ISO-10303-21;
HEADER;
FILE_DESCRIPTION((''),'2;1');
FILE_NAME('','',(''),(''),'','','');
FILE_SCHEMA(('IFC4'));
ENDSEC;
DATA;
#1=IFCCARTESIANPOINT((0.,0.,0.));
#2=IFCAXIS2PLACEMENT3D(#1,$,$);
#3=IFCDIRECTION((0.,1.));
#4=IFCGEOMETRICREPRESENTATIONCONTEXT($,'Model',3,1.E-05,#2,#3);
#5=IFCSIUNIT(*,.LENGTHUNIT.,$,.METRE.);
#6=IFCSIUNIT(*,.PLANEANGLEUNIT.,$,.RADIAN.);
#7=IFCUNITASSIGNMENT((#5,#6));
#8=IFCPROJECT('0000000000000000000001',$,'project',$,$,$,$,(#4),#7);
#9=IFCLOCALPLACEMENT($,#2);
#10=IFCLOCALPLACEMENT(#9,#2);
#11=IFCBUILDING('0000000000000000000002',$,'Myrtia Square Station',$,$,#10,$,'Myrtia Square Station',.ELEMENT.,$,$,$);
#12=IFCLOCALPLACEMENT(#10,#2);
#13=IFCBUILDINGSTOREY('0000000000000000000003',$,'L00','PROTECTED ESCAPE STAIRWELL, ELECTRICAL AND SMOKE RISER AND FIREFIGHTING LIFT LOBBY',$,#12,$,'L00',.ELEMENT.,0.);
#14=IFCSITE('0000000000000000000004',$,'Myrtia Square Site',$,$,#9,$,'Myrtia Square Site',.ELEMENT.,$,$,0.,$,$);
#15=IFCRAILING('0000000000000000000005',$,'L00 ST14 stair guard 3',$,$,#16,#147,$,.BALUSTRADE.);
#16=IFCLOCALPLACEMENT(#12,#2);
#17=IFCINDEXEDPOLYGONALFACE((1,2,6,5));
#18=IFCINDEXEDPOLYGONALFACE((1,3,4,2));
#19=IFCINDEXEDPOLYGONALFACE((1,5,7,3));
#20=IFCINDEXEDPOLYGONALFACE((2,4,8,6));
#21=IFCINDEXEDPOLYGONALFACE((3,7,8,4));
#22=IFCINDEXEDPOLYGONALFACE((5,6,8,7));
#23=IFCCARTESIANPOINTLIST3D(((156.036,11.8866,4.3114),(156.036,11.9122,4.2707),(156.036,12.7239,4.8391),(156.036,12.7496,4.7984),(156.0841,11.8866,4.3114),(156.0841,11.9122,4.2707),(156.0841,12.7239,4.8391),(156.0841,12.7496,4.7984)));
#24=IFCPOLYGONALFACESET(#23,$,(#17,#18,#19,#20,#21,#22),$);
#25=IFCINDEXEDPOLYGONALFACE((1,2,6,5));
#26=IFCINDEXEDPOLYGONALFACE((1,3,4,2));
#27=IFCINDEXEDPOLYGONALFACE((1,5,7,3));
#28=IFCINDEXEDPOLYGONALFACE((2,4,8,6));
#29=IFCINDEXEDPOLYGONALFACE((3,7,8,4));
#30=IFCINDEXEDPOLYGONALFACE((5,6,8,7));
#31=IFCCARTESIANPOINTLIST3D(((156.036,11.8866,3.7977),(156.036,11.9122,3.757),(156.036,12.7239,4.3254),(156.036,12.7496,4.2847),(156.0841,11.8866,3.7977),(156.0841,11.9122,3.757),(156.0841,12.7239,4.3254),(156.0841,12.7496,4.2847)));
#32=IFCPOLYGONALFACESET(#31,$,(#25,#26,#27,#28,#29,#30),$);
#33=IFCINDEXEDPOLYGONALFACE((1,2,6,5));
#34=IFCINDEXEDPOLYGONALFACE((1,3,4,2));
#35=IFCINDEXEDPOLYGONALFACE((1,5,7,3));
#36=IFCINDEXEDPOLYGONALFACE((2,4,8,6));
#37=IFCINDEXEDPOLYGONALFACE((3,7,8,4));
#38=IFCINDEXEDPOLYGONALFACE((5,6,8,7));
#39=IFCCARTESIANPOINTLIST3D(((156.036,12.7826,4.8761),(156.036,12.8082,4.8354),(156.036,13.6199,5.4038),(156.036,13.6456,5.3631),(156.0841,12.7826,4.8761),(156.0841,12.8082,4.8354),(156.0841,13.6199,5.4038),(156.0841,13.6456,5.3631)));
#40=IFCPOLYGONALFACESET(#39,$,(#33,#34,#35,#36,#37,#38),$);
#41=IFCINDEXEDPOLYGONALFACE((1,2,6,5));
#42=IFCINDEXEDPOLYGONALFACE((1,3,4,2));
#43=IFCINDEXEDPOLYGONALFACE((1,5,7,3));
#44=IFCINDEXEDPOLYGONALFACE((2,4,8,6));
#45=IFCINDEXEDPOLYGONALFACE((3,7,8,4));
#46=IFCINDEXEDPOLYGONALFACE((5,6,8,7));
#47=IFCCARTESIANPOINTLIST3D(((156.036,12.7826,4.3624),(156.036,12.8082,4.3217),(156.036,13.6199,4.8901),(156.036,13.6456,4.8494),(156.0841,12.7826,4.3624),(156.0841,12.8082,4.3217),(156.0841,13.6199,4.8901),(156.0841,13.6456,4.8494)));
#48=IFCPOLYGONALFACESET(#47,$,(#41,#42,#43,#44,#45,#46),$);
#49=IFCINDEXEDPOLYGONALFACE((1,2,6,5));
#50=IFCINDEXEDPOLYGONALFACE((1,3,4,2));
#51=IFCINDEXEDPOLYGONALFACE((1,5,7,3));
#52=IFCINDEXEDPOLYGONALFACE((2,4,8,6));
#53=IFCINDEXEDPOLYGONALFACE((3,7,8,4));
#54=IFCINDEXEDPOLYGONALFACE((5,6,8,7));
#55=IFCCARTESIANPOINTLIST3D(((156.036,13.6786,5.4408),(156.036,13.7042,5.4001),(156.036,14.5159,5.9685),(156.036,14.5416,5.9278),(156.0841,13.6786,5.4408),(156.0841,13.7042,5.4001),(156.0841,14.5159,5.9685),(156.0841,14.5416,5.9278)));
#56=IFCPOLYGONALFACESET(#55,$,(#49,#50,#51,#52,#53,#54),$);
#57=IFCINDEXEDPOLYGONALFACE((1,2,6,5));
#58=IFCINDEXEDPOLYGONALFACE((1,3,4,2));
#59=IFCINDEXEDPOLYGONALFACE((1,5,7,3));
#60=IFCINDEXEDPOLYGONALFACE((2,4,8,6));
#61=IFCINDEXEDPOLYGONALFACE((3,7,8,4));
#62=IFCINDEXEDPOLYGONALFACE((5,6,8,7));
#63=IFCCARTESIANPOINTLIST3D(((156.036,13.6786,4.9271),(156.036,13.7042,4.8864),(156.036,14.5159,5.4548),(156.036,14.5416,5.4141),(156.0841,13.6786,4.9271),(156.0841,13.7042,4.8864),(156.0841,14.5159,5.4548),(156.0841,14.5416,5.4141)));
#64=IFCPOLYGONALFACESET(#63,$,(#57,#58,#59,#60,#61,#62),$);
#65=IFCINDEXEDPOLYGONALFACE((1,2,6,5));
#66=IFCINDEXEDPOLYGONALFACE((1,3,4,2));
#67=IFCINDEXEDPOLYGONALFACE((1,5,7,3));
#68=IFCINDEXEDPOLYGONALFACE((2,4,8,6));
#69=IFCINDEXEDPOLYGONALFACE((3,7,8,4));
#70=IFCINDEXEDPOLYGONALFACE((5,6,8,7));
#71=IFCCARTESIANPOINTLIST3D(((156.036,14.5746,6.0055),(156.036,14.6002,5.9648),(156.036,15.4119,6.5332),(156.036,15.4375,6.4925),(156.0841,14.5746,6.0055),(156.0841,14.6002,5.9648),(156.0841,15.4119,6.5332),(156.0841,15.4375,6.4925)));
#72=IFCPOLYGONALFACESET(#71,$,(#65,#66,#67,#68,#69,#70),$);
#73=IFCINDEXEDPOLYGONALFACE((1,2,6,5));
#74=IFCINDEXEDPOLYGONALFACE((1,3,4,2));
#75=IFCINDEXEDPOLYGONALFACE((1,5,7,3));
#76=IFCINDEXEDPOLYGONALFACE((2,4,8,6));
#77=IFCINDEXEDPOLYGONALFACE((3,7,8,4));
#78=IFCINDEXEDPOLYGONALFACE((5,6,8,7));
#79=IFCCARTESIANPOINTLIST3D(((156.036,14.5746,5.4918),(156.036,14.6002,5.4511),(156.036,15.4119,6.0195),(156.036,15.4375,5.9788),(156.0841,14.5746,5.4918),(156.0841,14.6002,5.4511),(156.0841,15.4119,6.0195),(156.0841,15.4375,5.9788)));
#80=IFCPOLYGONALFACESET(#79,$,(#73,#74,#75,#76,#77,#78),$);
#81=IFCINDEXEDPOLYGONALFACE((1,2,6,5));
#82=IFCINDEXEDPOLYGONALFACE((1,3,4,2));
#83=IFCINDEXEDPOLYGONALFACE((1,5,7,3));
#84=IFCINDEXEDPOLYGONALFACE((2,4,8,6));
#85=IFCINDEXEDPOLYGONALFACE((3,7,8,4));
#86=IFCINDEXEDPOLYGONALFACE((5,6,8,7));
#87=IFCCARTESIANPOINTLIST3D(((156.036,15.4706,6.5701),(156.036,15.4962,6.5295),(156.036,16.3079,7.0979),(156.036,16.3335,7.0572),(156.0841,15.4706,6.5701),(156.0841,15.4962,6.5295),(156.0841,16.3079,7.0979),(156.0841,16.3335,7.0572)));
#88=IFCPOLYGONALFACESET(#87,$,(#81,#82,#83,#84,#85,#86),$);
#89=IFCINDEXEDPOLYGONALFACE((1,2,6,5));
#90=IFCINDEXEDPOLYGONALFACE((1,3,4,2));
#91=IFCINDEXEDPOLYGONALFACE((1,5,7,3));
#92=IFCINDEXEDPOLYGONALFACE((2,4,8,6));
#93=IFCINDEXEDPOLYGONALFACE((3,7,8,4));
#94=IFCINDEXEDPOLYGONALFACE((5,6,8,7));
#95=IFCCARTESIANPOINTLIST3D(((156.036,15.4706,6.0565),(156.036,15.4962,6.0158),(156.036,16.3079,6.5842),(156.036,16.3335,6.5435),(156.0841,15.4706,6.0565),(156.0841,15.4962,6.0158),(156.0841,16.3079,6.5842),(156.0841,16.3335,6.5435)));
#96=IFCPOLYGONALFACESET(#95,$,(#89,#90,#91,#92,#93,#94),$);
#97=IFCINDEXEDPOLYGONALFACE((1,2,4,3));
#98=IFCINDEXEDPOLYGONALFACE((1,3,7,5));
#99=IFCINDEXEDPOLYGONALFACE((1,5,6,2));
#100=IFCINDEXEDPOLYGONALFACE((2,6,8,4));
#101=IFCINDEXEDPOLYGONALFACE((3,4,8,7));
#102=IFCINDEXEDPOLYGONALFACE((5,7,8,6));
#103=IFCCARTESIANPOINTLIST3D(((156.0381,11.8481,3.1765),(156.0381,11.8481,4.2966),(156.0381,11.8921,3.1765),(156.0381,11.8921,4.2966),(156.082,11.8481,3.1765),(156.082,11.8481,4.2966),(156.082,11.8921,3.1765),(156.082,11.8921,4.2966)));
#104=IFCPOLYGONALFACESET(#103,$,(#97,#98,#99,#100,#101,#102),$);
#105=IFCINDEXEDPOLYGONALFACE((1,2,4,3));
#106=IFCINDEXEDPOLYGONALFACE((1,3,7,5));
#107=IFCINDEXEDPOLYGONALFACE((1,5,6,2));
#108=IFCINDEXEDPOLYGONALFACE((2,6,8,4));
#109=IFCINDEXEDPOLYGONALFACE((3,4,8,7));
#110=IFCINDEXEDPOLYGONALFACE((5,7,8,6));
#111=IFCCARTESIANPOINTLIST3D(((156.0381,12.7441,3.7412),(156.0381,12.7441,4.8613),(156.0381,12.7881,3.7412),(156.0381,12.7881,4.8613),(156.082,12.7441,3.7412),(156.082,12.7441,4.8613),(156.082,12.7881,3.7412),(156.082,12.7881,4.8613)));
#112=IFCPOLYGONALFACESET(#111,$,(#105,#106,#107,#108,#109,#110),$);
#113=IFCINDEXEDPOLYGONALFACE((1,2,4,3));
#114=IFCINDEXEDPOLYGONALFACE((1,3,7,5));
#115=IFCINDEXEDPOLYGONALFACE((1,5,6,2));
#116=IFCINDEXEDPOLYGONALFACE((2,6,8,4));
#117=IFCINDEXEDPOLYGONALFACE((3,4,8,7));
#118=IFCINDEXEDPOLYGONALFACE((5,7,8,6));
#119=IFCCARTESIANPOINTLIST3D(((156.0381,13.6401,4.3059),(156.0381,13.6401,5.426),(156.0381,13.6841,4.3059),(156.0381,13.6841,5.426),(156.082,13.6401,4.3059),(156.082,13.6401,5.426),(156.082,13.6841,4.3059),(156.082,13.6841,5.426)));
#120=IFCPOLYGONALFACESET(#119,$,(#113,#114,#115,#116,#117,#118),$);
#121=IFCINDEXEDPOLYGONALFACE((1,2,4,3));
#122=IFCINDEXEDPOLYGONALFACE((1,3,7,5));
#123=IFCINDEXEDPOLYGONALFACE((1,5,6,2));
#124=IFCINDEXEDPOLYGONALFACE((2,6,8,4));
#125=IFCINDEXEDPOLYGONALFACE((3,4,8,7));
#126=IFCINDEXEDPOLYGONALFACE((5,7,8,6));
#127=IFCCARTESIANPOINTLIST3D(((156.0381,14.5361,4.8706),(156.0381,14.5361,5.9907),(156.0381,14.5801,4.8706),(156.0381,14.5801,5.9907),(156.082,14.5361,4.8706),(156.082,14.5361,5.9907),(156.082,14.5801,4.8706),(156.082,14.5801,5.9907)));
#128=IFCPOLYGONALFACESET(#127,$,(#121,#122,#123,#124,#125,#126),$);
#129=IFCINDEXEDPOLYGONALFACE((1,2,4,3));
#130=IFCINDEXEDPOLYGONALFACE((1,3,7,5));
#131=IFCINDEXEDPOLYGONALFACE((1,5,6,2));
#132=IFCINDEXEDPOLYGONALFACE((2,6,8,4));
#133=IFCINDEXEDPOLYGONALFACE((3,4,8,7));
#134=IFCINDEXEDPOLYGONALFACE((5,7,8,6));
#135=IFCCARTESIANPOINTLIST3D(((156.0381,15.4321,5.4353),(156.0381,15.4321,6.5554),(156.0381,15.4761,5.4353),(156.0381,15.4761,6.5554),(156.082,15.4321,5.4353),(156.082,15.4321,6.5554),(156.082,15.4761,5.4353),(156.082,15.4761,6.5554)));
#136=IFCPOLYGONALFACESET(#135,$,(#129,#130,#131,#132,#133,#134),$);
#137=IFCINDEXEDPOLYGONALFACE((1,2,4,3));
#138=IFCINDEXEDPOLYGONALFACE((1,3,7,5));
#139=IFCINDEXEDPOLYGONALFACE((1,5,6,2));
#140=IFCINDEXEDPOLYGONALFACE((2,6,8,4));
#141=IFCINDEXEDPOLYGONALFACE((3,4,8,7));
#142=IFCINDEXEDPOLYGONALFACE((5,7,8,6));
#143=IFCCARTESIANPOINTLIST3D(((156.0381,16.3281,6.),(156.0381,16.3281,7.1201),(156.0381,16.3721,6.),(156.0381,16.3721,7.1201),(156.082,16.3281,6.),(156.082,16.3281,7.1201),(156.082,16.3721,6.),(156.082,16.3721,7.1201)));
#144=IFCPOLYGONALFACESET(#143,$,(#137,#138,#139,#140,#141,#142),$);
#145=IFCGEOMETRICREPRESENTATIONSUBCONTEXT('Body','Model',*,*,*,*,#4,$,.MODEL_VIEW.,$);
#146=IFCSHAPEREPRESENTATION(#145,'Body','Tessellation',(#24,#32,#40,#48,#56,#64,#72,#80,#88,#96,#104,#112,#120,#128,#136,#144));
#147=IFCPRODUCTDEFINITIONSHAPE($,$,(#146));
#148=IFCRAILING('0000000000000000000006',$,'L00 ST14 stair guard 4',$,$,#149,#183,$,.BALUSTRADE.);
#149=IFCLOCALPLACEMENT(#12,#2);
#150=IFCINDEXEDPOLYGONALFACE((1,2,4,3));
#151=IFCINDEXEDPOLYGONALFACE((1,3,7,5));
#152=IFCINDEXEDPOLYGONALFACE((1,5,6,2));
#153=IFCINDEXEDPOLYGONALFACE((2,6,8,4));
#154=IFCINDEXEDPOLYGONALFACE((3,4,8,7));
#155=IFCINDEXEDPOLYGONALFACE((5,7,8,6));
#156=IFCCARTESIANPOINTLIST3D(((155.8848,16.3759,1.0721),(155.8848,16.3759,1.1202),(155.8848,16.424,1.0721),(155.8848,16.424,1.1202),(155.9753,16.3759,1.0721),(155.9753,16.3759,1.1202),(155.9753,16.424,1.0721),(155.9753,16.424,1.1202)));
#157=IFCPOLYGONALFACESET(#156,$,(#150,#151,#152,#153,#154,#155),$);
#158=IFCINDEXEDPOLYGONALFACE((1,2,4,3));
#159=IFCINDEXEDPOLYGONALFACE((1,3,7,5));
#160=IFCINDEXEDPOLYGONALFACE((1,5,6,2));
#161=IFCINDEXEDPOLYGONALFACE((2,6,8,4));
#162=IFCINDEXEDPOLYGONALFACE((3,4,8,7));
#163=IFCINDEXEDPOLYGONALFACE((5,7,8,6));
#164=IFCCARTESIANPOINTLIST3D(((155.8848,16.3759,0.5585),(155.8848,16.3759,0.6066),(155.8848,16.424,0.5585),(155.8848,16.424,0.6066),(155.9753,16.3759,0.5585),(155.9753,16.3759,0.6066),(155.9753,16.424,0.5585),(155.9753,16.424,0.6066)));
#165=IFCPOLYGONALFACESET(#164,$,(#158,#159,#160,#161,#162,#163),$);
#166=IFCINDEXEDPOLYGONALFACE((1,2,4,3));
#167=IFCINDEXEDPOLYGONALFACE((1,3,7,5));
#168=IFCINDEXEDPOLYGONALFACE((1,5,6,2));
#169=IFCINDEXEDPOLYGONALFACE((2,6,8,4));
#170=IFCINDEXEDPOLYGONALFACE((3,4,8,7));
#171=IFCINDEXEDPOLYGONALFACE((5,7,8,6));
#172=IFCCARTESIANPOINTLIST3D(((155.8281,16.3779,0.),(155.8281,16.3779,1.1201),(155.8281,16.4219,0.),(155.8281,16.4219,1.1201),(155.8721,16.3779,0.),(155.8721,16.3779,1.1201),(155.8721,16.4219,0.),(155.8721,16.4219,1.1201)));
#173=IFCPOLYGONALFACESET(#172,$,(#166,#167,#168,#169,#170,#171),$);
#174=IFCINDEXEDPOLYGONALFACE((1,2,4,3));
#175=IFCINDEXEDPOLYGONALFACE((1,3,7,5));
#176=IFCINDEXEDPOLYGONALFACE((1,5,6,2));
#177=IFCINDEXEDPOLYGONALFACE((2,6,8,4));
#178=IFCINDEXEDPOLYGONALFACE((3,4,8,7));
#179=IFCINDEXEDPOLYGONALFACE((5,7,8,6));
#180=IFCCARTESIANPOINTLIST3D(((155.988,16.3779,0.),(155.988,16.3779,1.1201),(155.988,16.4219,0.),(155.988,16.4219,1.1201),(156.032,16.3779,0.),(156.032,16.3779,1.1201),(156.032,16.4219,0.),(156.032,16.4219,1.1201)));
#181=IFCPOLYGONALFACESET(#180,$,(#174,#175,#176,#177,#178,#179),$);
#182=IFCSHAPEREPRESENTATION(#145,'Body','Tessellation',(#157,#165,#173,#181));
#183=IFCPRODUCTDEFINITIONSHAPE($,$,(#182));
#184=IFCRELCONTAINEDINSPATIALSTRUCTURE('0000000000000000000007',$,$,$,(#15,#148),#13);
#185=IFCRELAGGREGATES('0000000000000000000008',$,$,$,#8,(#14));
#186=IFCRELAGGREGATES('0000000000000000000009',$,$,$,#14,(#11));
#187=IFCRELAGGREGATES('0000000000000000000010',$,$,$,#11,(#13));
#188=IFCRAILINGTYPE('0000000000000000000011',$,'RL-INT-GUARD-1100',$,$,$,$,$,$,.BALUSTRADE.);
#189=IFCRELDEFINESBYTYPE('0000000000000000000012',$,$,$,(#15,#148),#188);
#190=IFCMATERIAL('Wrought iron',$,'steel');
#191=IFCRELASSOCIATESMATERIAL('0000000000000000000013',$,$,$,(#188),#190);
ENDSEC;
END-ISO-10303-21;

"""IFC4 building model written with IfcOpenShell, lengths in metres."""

from ifc_helpers import new_model, si_unit, direction, frame, origin, origin_2d, place, context, subcontext, project, spatial, rectangle, extrude, material, type_object, element, save


model = new_model("IFC4")

# Units and contexts
model_context = context("Model", 3, precision=1e-05, world=origin(), true_north=direction((0.0, 1.0)))
body_context = subcontext(model_context, "Body", "Model", "MODEL_VIEW")
ifc_project = project(units=[si_unit("LENGTHUNIT", "METRE"), si_unit("PLANEANGLEUNIT", "RADIAN")], contexts=[model_context])

# Site, building, storey
site_placement = place(None, origin())
site = spatial("IfcSite", under=ifc_project, at=site_placement, Name="Myrtia Square Site", LongName="Myrtia Square Site", CompositionType="ELEMENT", RefElevation=0.0)
building_placement = place(site_placement, origin())
building = spatial("IfcBuilding", under=site, at=building_placement, Name="Myrtia Square Station", LongName="Myrtia Square Station", CompositionType="ELEMENT")
storey_placement = place(building_placement, origin())
storey = spatial("IfcBuildingStorey", under=building, at=storey_placement, Name="L00", Description="PROTECTED ESCAPE STAIRWELL, ELECTRICAL AND SMOKE RISER AND FIREFIGHTING LIFT LOBBY", LongName="L00", CompositionType="ELEMENT", Elevation=0.0)

# Railings
ifc_material_1 = material(Name="Wrought iron", Category="steel")
railing_type_1 = type_object("IfcRailingType", Name="RL-INT-GUARD-1100", PredefinedType="BALUSTRADE", material=ifc_material_1)
railing_1_placement = place(storey_placement, frame((156.0601, 11.8701, 3.1765)))
element("IfcRailing", 1, at=railing_1_placement, inside=storey, type_object=railing_type_1, Name="L00 ST14 stair guard 3", PredefinedType="BALUSTRADE", context=body_context, shape_type="SweptSolid", body=[
    extrude(rectangle(XDim=0.0481, YDim=0.0481, at=origin_2d()), frame((0.0, 0.0293, 1.1145), z_axis=(0.0, 0.845998, 0.533186), x_axis=(-1.0, 0.0, 0.0)), (0.0, 0.0, 1.0), 0.9897),
    extrude(rectangle(XDim=0.0481, YDim=0.0481, at=origin_2d()), frame((0.0, 0.0293, 0.6008), z_axis=(0.0, 0.845998, 0.533186), x_axis=(-1.0, 0.0, 0.0)), (0.0, 0.0, 1.0), 0.9897),
    extrude(rectangle(XDim=0.0481, YDim=0.0481, at=origin_2d()), frame((0.0, 0.9253, 1.6792), z_axis=(0.0, 0.845998, 0.533186), x_axis=(-1.0, 0.0, 0.0)), (0.0, 0.0, 1.0), 0.9897),
    extrude(rectangle(XDim=0.0481, YDim=0.0481, at=origin_2d()), frame((0.0, 0.9253, 1.1655), z_axis=(0.0, 0.845998, 0.533186), x_axis=(-1.0, 0.0, 0.0)), (0.0, 0.0, 1.0), 0.9897),
    extrude(rectangle(XDim=0.0481, YDim=0.0481, at=origin_2d()), frame((0.0, 1.8213, 2.2439), z_axis=(0.0, 0.845998, 0.533186), x_axis=(-1.0, 0.0, 0.0)), (0.0, 0.0, 1.0), 0.9897),
    extrude(rectangle(XDim=0.0481, YDim=0.0481, at=origin_2d()), frame((0.0, 1.8213, 1.7302), z_axis=(0.0, 0.845998, 0.533186), x_axis=(-1.0, 0.0, 0.0)), (0.0, 0.0, 1.0), 0.9897),
    extrude(rectangle(XDim=0.0481, YDim=0.0481, at=origin_2d()), frame((0.0, 2.7173, 2.8086), z_axis=(0.0, 0.845998, 0.533186), x_axis=(-1.0, 0.0, 0.0)), (0.0, 0.0, 1.0), 0.9897),
    extrude(rectangle(XDim=0.0481, YDim=0.0481, at=origin_2d()), frame((0.0, 2.7173, 2.2949), z_axis=(0.0, 0.845998, 0.533186), x_axis=(-1.0, 0.0, 0.0)), (0.0, 0.0, 1.0), 0.9897),
    extrude(rectangle(XDim=0.0481, YDim=0.0481, at=origin_2d()), frame((0.0, 3.6133, 3.3733), z_axis=(0.0, 0.845998, 0.533186), x_axis=(-1.0, 0.0, 0.0)), (0.0, 0.0, 1.0), 0.9897),
    extrude(rectangle(XDim=0.0481, YDim=0.0481, at=origin_2d()), frame((0.0, 3.6133, 2.8596), z_axis=(0.0, 0.845998, 0.533186), x_axis=(-1.0, 0.0, 0.0)), (0.0, 0.0, 1.0), 0.9897),
    extrude(rectangle(XDim=0.0439, YDim=0.0439, at=origin_2d()), origin(), (0.0, 0.0, 1.0), 1.1201),
    extrude(rectangle(XDim=0.0439, YDim=0.0439, at=origin_2d()), frame((0.0, 0.896, 0.5647)), (0.0, 0.0, 1.0), 1.1201),
    extrude(rectangle(XDim=0.0439, YDim=0.0439, at=origin_2d()), frame((0.0, 1.792, 1.1294)), (0.0, 0.0, 1.0), 1.1201),
    extrude(rectangle(XDim=0.0439, YDim=0.0439, at=origin_2d()), frame((0.0, 2.688, 1.6941)), (0.0, 0.0, 1.0), 1.1201),
    extrude(rectangle(XDim=0.0439, YDim=0.0439, at=origin_2d()), frame((0.0, 3.584, 2.2588)), (0.0, 0.0, 1.0), 1.1201),
    extrude(rectangle(XDim=0.0439, YDim=0.0439, at=origin_2d()), frame((0.0, 4.48, 2.8235)), (0.0, 0.0, 1.0), 1.1201),
])
railing_2_placement = place(storey_placement, frame((155.8501, 16.3999, 0.0)))
element("IfcRailing", 2, at=railing_2_placement, inside=storey, type_object=railing_type_1, Name="L00 ST14 stair guard 4", PredefinedType="BALUSTRADE", context=body_context, shape_type="SweptSolid", body=[
    extrude(rectangle(XDim=0.0481, YDim=0.0481, at=origin_2d()), frame((0.0347, 0.0, 1.0962), z_axis=(1.0, 0.0, 0.0), x_axis=(0.0, 1.0, 0.0)), (0.0, 0.0, 1.0), 0.0906),
    extrude(rectangle(XDim=0.0481, YDim=0.0481, at=origin_2d()), frame((0.0347, 0.0, 0.5825), z_axis=(1.0, 0.0, 0.0), x_axis=(0.0, 1.0, 0.0)), (0.0, 0.0, 1.0), 0.0906),
    extrude(rectangle(XDim=0.0439, YDim=0.0439, at=origin_2d()), origin(), (0.0, 0.0, 1.0), 1.1201),
    extrude(rectangle(XDim=0.0439, YDim=0.0439, at=origin_2d()), frame((0.1599, 0.0, 0.0)), (0.0, 0.0, 1.0), 1.1201),
])

save(model, "model.ifc")
